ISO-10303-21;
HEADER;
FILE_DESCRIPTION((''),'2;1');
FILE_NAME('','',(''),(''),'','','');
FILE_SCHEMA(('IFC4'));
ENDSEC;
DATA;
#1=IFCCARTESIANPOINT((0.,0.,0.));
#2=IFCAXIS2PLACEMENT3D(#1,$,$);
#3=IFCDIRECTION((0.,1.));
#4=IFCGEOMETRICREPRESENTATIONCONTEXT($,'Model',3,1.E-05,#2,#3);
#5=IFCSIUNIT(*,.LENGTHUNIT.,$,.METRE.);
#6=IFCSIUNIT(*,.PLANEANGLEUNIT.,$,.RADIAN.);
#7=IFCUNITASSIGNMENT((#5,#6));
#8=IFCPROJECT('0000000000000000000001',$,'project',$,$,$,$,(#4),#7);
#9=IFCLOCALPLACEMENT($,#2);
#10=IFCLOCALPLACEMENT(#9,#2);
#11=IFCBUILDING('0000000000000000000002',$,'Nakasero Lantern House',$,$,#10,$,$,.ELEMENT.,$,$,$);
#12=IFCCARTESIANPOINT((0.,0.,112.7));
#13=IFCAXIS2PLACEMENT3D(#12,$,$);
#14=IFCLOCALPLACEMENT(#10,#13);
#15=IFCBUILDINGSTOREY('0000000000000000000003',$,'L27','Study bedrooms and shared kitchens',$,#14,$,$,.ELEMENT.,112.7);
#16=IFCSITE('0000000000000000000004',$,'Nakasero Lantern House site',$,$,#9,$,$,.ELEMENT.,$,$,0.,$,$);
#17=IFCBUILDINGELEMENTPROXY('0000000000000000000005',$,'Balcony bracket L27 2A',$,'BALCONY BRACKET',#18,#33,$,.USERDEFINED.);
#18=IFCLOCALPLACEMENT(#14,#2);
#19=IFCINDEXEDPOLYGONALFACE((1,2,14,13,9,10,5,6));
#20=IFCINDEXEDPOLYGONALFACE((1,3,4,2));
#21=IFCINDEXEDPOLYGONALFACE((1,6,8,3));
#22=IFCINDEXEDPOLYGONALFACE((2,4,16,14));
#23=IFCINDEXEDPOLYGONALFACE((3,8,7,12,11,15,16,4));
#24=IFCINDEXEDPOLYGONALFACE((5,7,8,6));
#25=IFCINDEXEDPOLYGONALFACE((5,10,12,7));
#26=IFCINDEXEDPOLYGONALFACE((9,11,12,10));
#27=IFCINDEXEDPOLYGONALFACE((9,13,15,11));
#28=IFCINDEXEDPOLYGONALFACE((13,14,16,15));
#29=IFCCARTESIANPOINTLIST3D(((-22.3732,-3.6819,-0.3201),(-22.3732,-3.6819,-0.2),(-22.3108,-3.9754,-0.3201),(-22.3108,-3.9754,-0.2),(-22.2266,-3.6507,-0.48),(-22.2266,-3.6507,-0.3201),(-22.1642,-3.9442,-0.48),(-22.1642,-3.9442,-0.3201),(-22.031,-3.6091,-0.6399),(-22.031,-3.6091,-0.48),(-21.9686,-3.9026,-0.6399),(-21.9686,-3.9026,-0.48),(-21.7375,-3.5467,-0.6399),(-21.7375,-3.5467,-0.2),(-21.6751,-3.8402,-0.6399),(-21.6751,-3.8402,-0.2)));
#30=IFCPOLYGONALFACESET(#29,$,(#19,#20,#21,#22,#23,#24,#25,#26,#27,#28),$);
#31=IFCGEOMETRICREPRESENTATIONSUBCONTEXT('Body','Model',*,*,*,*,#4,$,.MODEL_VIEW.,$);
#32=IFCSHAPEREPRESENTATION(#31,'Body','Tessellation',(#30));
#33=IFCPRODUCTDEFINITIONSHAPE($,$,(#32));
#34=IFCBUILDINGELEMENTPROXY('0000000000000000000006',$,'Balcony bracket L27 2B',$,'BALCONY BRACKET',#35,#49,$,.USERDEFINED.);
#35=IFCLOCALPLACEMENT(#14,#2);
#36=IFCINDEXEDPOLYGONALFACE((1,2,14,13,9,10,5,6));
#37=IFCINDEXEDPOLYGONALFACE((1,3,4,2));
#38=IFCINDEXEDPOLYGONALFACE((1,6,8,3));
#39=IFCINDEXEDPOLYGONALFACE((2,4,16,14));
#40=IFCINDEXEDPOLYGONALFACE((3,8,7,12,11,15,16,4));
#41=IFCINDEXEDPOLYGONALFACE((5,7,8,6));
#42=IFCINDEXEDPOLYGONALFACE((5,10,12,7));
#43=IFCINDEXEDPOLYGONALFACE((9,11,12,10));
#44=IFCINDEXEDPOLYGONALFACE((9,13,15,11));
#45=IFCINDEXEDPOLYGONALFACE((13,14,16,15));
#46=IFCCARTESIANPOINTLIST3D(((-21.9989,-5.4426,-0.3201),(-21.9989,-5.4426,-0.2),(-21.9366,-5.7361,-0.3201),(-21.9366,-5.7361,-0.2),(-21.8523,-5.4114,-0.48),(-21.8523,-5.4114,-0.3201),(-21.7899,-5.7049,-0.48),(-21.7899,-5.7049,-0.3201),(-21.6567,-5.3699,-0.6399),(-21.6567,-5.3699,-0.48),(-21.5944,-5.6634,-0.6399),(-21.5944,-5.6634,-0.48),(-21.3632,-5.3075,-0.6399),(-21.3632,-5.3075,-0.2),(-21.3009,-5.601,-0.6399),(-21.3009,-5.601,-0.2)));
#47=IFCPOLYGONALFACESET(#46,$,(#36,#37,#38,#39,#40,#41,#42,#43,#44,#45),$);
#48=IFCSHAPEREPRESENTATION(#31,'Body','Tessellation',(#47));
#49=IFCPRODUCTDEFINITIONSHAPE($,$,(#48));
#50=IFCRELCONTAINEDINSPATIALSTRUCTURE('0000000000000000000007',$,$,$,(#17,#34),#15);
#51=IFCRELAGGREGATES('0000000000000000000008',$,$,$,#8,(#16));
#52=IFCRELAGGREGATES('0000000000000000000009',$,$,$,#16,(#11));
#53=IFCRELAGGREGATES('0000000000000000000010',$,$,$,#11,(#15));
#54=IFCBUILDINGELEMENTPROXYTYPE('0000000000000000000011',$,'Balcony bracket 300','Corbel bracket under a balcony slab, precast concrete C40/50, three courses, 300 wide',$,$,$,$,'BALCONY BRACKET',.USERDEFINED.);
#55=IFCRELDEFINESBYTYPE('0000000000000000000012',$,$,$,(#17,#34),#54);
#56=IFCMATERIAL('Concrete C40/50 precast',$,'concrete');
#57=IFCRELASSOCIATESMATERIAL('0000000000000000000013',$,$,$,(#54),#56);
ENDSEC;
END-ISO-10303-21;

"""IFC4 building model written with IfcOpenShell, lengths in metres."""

from ifc_helpers import new_model, si_unit, direction, frame, origin, place, context, subcontext, project, spatial, polyline, outline, extrude, material, type_object, element, save


model = new_model("IFC4")

# Units and contexts
model_context = context("Model", 3, precision=1e-05, world=origin(), true_north=direction((0.0, 1.0)))
body_context = subcontext(model_context, "Body", "Model", "MODEL_VIEW")
ifc_project = project(units=[si_unit("LENGTHUNIT", "METRE"), si_unit("PLANEANGLEUNIT", "RADIAN")], contexts=[model_context])

# Site, building, storey
site_placement = place(None, origin())
site = spatial("IfcSite", under=ifc_project, at=site_placement, Name="Nakasero Lantern House site", CompositionType="ELEMENT", RefElevation=0.0)
building_placement = place(site_placement, origin())
building = spatial("IfcBuilding", under=site, at=building_placement, Name="Nakasero Lantern House", CompositionType="ELEMENT")
storey_placement = place(building_placement, frame((0.0, 0.0, 112.7)))
storey = spatial("IfcBuildingStorey", under=building, at=storey_placement, Name="L27", Description="Study bedrooms and shared kitchens", CompositionType="ELEMENT", Elevation=112.7)

# Building element proxies
ifc_material_1 = material(Name="Concrete C40/50 precast", Category="concrete")
building_element_proxy_type = type_object("IfcBuildingElementProxyType", Name="Balcony bracket 300", Description="Corbel bracket under a balcony slab, precast concrete C40/50, three courses, 300 wide", ElementType="BALCONY BRACKET", PredefinedType="USERDEFINED", material=ifc_material_1)
for number, where, z_axis, x_axis, name in (
    (1, (-21.7063, -3.6936, -0.2), (0.0, 0.0, 1.0), (-0.978148, -0.207912, 0.0), "Balcony bracket L27 2A"),
    (2, (-21.332, -5.4543, -0.2), (0.0, 0.0, 1.0), (-0.978148, -0.207912, 0.0), "Balcony bracket L27 2B"),
):
    element("IfcBuildingElementProxy", number, at=place(storey_placement, frame(where, z_axis=z_axis, x_axis=x_axis)), inside=storey, type_object=building_element_proxy_type, Name=name, ObjectType="BALCONY BRACKET", PredefinedType="USERDEFINED", context=body_context, shape_type="SweptSolid", body=[
        extrude(outline(polyline([(0.0, 0.0), (0.6499, 0.0), (0.6499, -0.1201), (0.5, -0.1201), (0.5, -0.28), (0.3, -0.28), (0.3, -0.4399), (0.0, -0.4399), (0.0, 0.0)])), frame((0.0, 0.1499, 0.0), z_axis=(0.0, -1.0, 0.0), x_axis=(1.0, 0.0, 0.0)), (0.0, 0.0, 1.0), 0.3),
    ])

save(model, "model.ifc")
